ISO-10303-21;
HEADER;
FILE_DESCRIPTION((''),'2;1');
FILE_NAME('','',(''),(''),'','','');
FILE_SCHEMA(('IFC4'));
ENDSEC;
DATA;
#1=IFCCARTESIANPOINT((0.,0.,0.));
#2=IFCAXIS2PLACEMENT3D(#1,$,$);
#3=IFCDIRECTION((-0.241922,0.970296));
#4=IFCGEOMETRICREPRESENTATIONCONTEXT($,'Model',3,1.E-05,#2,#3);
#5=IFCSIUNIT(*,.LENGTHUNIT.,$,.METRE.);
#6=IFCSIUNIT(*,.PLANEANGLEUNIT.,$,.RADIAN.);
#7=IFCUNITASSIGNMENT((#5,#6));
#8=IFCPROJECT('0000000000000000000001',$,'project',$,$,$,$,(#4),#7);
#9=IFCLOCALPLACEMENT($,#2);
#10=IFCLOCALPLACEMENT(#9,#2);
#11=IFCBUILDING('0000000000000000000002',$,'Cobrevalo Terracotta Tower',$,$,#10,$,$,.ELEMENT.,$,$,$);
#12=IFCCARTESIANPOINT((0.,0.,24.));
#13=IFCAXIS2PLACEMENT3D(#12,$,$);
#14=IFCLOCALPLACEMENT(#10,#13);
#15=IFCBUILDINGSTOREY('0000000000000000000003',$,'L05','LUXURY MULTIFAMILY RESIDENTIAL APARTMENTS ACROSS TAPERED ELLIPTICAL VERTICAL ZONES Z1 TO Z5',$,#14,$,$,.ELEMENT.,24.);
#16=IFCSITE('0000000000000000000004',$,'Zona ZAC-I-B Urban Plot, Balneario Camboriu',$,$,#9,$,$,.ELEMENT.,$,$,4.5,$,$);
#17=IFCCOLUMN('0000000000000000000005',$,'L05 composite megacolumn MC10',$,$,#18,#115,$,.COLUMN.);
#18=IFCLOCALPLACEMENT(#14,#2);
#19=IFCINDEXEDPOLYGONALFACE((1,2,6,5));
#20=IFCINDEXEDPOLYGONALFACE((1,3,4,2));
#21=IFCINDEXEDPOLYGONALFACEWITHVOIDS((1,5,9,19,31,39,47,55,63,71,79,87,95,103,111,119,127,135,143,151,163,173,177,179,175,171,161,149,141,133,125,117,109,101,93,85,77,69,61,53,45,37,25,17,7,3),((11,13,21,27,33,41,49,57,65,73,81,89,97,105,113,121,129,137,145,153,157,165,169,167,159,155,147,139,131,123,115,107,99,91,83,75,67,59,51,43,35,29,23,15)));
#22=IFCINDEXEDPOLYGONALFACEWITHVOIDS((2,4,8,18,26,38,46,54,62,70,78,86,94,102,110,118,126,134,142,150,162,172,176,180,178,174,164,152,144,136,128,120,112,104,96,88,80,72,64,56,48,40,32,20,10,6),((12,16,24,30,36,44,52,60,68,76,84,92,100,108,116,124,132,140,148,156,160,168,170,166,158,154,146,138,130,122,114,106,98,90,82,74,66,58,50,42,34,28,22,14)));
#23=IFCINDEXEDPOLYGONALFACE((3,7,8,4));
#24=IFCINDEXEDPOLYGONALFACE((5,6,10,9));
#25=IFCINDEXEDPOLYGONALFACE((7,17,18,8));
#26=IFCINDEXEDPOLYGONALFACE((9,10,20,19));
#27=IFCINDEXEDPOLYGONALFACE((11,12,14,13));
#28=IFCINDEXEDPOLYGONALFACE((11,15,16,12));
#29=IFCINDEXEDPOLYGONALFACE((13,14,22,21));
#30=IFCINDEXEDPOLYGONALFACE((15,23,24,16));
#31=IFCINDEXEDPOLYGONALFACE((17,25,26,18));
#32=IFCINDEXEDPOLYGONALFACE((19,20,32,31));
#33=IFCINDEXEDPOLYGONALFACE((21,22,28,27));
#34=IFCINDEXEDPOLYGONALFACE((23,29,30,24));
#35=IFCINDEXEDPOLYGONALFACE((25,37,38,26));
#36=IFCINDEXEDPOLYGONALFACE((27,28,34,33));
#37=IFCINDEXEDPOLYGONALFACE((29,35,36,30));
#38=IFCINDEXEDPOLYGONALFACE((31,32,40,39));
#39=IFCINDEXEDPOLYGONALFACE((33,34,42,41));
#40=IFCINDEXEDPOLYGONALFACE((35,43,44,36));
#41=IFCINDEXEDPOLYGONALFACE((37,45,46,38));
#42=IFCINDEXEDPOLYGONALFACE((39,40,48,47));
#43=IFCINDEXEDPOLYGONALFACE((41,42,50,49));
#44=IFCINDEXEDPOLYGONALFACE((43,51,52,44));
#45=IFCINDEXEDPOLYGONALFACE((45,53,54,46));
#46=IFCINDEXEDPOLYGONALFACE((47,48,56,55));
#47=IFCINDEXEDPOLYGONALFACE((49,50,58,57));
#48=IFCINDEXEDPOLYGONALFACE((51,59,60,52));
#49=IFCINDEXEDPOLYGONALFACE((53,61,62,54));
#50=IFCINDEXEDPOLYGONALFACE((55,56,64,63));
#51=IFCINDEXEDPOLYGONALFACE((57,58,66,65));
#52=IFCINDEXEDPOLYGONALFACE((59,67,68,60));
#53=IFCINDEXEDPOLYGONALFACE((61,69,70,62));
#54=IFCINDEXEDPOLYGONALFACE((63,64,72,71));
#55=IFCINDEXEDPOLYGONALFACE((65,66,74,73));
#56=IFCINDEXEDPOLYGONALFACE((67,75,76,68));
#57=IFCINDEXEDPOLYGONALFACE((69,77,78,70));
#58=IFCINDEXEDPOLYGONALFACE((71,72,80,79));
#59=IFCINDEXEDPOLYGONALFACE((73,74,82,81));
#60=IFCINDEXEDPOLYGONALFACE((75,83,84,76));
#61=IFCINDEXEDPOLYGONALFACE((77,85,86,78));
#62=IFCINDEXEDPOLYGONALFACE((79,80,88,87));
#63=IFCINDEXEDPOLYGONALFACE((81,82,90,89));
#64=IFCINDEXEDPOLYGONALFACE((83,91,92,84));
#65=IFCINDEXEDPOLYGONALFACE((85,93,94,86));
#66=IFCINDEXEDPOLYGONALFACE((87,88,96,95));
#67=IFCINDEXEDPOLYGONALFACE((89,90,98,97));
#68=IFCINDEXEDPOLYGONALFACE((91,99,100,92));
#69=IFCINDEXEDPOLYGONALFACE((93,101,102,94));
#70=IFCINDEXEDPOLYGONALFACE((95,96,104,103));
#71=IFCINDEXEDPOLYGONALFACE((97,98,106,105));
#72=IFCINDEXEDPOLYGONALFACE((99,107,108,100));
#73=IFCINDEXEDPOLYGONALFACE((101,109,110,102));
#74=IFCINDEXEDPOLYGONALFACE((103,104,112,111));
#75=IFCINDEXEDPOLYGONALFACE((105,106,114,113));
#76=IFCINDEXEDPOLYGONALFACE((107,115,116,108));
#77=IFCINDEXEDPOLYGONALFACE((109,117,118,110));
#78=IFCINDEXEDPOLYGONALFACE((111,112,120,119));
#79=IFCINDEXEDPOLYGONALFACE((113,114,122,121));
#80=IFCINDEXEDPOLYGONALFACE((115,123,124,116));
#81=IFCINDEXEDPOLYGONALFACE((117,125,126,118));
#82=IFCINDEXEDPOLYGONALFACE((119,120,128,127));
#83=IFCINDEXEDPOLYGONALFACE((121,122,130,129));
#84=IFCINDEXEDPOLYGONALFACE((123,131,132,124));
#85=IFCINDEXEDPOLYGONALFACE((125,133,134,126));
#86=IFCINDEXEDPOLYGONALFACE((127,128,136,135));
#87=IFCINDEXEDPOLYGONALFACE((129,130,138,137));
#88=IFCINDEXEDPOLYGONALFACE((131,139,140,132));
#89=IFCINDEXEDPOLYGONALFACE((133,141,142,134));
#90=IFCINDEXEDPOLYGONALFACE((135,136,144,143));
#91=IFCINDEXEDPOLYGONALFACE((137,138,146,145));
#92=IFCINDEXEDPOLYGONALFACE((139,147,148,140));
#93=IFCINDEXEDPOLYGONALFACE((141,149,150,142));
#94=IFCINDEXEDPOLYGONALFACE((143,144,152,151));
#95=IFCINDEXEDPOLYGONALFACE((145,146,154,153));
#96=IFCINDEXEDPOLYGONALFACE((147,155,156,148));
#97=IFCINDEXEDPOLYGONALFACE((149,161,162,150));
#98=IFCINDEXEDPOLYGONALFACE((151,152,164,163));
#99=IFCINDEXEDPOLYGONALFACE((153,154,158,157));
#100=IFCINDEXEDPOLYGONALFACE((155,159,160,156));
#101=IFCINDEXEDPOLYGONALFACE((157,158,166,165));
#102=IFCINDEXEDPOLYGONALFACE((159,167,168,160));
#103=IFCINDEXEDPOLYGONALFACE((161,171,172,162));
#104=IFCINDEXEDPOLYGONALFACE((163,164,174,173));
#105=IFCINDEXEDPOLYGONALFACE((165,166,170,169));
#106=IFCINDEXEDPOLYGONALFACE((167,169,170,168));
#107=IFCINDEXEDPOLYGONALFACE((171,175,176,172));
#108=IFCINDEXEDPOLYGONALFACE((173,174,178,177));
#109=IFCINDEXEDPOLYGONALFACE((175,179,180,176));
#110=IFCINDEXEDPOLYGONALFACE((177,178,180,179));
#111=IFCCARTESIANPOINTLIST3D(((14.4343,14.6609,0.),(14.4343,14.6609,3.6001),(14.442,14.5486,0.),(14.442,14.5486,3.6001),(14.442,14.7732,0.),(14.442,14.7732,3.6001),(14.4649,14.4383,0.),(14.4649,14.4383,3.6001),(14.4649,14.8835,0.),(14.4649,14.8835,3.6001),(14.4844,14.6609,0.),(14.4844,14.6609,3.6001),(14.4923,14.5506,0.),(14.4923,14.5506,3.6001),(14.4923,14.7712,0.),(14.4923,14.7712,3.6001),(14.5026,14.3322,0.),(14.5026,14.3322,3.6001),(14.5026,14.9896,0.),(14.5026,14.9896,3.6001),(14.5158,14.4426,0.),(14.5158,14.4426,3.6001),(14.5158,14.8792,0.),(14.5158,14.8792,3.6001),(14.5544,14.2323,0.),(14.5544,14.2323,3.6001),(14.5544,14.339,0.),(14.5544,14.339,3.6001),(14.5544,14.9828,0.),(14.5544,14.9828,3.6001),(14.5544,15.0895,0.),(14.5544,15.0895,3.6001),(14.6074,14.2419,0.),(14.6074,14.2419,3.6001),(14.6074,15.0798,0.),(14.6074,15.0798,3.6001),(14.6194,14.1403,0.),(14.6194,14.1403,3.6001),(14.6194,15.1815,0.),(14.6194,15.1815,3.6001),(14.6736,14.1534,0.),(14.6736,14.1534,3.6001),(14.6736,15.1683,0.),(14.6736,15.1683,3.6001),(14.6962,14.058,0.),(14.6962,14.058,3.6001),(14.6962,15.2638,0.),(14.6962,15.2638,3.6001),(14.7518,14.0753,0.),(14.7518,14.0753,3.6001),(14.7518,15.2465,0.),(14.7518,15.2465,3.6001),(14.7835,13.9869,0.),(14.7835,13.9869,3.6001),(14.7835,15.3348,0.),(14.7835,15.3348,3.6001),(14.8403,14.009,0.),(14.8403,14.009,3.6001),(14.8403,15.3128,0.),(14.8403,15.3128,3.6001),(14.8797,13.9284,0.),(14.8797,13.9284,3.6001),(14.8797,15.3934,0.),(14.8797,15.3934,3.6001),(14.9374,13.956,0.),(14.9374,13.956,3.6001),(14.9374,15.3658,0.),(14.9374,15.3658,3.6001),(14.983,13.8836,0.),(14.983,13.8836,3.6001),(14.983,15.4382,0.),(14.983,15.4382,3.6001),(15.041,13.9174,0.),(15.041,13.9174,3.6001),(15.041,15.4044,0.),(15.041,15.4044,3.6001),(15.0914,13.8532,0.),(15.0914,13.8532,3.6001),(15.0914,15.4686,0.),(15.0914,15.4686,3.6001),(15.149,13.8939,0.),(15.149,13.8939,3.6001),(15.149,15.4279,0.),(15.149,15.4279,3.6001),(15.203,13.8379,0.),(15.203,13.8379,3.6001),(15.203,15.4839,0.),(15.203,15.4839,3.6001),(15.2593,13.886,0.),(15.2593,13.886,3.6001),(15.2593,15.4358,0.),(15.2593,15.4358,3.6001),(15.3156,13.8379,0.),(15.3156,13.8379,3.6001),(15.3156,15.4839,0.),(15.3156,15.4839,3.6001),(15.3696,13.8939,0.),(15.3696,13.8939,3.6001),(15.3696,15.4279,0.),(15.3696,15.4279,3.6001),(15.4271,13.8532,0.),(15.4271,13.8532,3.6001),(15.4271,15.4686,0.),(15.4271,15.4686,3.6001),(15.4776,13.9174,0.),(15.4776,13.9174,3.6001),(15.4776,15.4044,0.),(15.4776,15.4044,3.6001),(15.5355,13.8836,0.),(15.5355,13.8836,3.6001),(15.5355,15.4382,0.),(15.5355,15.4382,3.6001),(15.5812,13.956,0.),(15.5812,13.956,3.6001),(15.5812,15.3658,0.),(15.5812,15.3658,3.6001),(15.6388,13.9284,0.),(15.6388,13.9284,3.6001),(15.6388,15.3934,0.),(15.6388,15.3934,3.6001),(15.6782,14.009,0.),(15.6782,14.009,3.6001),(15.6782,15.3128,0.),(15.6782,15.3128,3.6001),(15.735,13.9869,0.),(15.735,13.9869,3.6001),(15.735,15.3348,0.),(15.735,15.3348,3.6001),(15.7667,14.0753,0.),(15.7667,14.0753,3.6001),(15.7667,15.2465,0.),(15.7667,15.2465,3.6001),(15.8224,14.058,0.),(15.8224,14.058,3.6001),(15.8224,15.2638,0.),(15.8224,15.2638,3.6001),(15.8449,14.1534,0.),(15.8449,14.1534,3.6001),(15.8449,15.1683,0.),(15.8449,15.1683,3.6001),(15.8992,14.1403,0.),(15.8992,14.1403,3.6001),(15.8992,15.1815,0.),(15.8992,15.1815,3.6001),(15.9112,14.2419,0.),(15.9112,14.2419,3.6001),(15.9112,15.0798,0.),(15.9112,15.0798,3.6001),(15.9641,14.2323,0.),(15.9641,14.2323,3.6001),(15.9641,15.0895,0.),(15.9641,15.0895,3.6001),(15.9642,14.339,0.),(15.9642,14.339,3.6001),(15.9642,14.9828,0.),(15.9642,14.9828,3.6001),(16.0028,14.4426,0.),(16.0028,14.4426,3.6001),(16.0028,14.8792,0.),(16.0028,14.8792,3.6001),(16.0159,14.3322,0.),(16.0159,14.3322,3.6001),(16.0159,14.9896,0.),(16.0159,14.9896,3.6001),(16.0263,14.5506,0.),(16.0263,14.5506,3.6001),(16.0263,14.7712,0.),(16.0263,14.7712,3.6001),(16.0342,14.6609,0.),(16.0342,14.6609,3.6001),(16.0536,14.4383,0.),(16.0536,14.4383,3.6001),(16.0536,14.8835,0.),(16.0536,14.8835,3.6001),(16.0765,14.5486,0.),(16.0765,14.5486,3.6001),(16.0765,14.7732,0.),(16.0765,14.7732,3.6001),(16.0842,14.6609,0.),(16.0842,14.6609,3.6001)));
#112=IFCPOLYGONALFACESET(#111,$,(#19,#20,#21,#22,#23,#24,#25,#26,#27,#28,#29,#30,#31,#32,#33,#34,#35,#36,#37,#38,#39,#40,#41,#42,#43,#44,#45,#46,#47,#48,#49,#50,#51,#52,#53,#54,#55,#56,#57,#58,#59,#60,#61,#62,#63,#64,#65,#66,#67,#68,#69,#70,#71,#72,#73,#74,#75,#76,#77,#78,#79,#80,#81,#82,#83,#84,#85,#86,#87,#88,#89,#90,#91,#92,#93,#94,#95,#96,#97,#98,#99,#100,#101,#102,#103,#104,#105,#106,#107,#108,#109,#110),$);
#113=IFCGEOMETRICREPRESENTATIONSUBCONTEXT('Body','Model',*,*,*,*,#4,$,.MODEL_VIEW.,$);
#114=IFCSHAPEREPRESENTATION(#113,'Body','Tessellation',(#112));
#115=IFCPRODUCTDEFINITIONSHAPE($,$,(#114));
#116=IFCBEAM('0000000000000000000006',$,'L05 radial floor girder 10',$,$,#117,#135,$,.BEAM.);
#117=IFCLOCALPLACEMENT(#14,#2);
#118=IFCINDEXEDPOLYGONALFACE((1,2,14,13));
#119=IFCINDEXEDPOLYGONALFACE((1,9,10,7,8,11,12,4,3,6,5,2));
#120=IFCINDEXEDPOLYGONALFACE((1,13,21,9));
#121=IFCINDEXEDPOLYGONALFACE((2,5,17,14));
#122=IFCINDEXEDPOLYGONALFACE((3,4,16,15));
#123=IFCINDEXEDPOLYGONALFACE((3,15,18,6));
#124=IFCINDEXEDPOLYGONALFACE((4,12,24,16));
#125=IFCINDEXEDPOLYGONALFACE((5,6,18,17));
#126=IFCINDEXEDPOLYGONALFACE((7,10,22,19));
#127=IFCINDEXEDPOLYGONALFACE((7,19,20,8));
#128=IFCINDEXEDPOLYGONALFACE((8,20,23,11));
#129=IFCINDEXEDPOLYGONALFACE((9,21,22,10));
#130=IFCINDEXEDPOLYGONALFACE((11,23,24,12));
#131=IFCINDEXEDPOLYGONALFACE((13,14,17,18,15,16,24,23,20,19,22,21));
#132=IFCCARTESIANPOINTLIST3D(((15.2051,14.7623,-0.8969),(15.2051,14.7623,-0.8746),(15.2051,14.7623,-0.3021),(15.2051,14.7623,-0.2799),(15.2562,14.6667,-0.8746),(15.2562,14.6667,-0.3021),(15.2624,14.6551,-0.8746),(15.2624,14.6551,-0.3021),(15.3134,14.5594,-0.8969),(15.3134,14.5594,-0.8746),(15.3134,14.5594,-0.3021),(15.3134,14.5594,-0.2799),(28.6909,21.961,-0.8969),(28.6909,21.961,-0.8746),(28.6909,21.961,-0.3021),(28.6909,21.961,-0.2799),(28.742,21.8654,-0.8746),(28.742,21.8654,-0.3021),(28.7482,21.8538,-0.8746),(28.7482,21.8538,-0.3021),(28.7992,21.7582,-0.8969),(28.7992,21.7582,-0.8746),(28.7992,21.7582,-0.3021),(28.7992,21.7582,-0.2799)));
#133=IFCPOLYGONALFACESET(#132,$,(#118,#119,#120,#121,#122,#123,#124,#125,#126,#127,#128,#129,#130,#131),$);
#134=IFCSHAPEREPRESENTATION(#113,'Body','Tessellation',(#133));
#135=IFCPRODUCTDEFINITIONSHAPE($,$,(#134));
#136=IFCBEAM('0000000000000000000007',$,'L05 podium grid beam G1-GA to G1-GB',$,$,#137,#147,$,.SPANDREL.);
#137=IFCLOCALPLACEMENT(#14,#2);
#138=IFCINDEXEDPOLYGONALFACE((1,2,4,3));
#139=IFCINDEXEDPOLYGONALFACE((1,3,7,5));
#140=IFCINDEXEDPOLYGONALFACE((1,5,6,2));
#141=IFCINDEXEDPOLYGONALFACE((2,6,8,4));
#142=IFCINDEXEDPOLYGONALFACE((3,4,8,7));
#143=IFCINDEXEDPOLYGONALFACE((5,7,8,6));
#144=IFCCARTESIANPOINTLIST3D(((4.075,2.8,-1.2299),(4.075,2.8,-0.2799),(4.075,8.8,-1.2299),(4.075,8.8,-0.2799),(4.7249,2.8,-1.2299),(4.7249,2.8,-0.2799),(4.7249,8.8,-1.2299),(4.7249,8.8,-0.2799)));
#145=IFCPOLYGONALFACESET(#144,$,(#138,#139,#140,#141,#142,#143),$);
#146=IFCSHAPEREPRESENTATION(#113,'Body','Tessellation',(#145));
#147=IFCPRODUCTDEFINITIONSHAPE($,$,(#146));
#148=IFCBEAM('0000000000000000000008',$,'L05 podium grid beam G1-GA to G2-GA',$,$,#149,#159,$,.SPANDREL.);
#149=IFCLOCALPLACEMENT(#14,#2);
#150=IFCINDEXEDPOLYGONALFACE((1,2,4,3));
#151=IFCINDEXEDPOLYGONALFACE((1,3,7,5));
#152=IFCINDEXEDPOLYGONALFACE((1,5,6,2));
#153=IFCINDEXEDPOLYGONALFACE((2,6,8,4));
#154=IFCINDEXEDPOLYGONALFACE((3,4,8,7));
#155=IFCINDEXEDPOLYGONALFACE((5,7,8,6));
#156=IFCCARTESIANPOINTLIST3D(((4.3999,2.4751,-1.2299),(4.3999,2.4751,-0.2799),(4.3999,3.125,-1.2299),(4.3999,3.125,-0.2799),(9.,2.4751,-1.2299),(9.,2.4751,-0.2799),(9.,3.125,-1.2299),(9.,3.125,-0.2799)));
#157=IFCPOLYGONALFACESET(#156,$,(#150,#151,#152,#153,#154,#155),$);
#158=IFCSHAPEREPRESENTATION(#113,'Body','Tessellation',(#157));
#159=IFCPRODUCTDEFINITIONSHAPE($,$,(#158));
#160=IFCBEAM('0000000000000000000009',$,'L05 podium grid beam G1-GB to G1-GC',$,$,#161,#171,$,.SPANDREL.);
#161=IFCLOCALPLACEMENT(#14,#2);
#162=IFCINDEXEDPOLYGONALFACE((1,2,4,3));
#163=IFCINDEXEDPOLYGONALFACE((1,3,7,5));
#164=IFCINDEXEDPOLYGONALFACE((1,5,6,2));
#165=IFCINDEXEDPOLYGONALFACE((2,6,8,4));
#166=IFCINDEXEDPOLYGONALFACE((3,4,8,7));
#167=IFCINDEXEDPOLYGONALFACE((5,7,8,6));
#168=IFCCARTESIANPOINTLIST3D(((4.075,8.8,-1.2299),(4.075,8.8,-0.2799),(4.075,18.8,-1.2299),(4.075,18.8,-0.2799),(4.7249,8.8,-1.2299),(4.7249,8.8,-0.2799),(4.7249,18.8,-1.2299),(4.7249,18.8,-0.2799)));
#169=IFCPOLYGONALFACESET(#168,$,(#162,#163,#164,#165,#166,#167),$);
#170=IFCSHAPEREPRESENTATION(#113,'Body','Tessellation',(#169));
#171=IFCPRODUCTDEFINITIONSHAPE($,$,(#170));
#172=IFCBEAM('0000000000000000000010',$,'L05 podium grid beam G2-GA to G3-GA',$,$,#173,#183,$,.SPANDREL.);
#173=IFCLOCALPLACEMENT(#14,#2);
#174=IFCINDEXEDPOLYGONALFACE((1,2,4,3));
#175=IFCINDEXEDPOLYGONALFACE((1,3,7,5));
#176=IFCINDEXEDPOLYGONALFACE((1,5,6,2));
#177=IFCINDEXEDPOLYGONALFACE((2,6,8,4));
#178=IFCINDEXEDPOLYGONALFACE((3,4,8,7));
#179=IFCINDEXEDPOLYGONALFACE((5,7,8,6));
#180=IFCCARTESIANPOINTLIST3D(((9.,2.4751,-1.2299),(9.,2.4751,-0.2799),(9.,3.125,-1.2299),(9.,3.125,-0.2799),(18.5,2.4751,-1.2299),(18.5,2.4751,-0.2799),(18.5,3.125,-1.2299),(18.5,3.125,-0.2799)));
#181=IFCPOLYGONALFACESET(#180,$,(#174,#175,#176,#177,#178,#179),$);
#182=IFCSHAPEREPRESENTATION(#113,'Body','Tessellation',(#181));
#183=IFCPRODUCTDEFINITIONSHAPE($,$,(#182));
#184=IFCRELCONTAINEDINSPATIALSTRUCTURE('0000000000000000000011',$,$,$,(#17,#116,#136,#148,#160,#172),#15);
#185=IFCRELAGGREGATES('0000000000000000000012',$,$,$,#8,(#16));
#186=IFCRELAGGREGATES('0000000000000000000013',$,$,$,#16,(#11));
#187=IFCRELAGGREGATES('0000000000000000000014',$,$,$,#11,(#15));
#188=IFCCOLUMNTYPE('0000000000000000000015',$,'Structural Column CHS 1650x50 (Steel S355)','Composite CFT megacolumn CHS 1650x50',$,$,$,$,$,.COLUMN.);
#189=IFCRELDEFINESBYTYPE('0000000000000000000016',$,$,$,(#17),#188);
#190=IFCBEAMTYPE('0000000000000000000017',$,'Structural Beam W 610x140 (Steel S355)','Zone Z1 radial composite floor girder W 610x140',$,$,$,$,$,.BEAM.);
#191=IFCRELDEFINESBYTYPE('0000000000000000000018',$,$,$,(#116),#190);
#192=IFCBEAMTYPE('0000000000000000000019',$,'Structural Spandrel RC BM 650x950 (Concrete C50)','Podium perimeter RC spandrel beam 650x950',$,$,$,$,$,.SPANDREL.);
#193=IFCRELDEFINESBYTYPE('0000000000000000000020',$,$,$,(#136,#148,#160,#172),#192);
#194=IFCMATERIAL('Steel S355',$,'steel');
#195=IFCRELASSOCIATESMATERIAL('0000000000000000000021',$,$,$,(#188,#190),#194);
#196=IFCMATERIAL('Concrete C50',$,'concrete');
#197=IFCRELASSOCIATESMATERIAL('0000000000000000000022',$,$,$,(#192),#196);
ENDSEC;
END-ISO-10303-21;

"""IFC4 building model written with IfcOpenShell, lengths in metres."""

from ifc_helpers import new_model, si_unit, direction, frame, origin, origin_2d, place, context, subcontext, project, spatial, rectangle, hollow_circle, i_section, extrude, material, material_profile, profile_set, type_object, element, save


model = new_model("IFC4")

# Units and contexts
model_context = context("Model", 3, precision=1e-05, world=origin(), true_north=direction((-0.241922, 0.970296)))
body_context = subcontext(model_context, "Body", "Model", "MODEL_VIEW")
ifc_project = project(units=[si_unit("LENGTHUNIT", "METRE"), si_unit("PLANEANGLEUNIT", "RADIAN")], contexts=[model_context])

# Site, building, storey
site_placement = place(None, origin())
site = spatial("IfcSite", under=ifc_project, at=site_placement, Name="Zona ZAC-I-B Urban Plot, Balneario Camboriu", CompositionType="ELEMENT", RefElevation=4.5)
building_placement = place(site_placement, origin())
building = spatial("IfcBuilding", under=site, at=building_placement, Name="Cobrevalo Terracotta Tower", CompositionType="ELEMENT")
storey_placement = place(building_placement, frame((0.0, 0.0, 24.0)))
storey = spatial("IfcBuildingStorey", under=building, at=storey_placement, Name="L05", Description="LUXURY MULTIFAMILY RESIDENTIAL APARTMENTS ACROSS TAPERED ELLIPTICAL VERTICAL ZONES Z1 TO Z5", CompositionType="ELEMENT", Elevation=24.0)

# Column
ifc_material_1 = material(Name="Steel S355", Category="steel")
ifc_material_profile_1 = material_profile(ifc_material_1, hollow_circle(Radius=0.825, WallThickness=0.05, at=origin_2d()), Name="CHS 1650x50")
ifc_profile_set_1 = profile_set([ifc_material_profile_1], Name="Steel S355")
column_type = type_object("IfcColumnType", Name="Structural Column CHS 1650x50 (Steel S355)", Description="Composite CFT megacolumn CHS 1650x50", PredefinedType="COLUMN", material=ifc_profile_set_1)
column_placement = place(storey_placement, frame((15.2593, 14.6609, 0.0), z_axis=(0.0, 0.0, 1.0), x_axis=(1.0, 0.0, 0.0)))
element("IfcColumn", 1, at=column_placement, inside=storey, type_object=column_type, Name="L05 composite megacolumn MC10", PredefinedType="COLUMN", context=body_context, shape_type="SweptSolid", body=[
    extrude(hollow_circle(Radius=0.825, WallThickness=0.05, at=origin_2d()), origin(), (0.0, 0.0, 1.0), 3.6001),
])

# Beams
ifc_material_profile_2 = material_profile(ifc_material_1, i_section(OverallWidth=0.23, OverallDepth=0.6169, WebThickness=0.0132, FlangeThickness=0.0222, at=origin_2d()), Name="W 610x140")
ifc_profile_set_2 = profile_set([ifc_material_profile_2], Name="Steel S355")
beam_type_1 = type_object("IfcBeamType", Name="Structural Beam W 610x140 (Steel S355)", Description="Zone Z1 radial composite floor girder W 610x140", PredefinedType="BEAM", material=ifc_profile_set_2)
beam_1_placement = place(storey_placement, frame((15.2593, 14.6609, -0.5884), z_axis=(0.882182, 0.470908, 0.0), x_axis=(-0.470908, 0.882182, 0.0)))
element("IfcBeam", 2, at=beam_1_placement, inside=storey, type_object=beam_type_1, Name="L05 radial floor girder 10", PredefinedType="BEAM", context=body_context, shape_type="SweptSolid", body=[
    extrude(i_section(OverallWidth=0.23, OverallDepth=0.6169, WebThickness=0.0132, FlangeThickness=0.0222, at=origin_2d()), origin(), (0.0, 0.0, 1.0), 15.2869),
])
ifc_material_2 = material(Name="Concrete C50", Category="concrete")
ifc_material_profile_3 = material_profile(ifc_material_2, rectangle(XDim=0.6499, YDim=0.95, at=origin_2d()), Name="RC BM 650x950")
ifc_profile_set_3 = profile_set([ifc_material_profile_3], Name="Concrete C50")
beam_type_2 = type_object("IfcBeamType", Name="Structural Spandrel RC BM 650x950 (Concrete C50)", Description="Podium perimeter RC spandrel beam 650x950", PredefinedType="SPANDREL", material=ifc_profile_set_3)
beam_2_placement = place(storey_placement, frame((4.3999, 2.8, -0.7549), z_axis=(0.0, 1.0, 0.0), x_axis=(-1.0, 0.0, 0.0)))
element("IfcBeam", 3, at=beam_2_placement, inside=storey, type_object=beam_type_2, Name="L05 podium grid beam G1-GA to G1-GB", PredefinedType="SPANDREL", context=body_context, shape_type="SweptSolid", body=[
    extrude(rectangle(XDim=0.6499, YDim=0.95, at=origin_2d()), origin(), (0.0, 0.0, 1.0), 6.0),
])
beam_3_placement = place(storey_placement, frame((4.3999, 2.8, -0.7549), z_axis=(1.0, 0.0, 0.0), x_axis=(0.0, 1.0, 0.0)))
element("IfcBeam", 4, at=beam_3_placement, inside=storey, type_object=beam_type_2, Name="L05 podium grid beam G1-GA to G2-GA", PredefinedType="SPANDREL", context=body_context, shape_type="SweptSolid", body=[
    extrude(rectangle(XDim=0.6499, YDim=0.95, at=origin_2d()), origin(), (0.0, 0.0, 1.0), 4.6001),
])
beam_4_placement = place(storey_placement, frame((4.3999, 8.8, -0.7549), z_axis=(0.0, 1.0, 0.0), x_axis=(-1.0, 0.0, 0.0)))
element("IfcBeam", 5, at=beam_4_placement, inside=storey, type_object=beam_type_2, Name="L05 podium grid beam G1-GB to G1-GC", PredefinedType="SPANDREL", context=body_context, shape_type="SweptSolid", body=[
    extrude(rectangle(XDim=0.6499, YDim=0.95, at=origin_2d()), origin(), (0.0, 0.0, 1.0), 10.0),
])
beam_5_placement = place(storey_placement, frame((9.0, 2.8, -0.7549), z_axis=(1.0, 0.0, 0.0), x_axis=(0.0, 1.0, 0.0)))
element("IfcBeam", 6, at=beam_5_placement, inside=storey, type_object=beam_type_2, Name="L05 podium grid beam G2-GA to G3-GA", PredefinedType="SPANDREL", context=body_context, shape_type="SweptSolid", body=[
    extrude(rectangle(XDim=0.6499, YDim=0.95, at=origin_2d()), origin(), (0.0, 0.0, 1.0), 9.5),
])

save(model, "model.ifc")
